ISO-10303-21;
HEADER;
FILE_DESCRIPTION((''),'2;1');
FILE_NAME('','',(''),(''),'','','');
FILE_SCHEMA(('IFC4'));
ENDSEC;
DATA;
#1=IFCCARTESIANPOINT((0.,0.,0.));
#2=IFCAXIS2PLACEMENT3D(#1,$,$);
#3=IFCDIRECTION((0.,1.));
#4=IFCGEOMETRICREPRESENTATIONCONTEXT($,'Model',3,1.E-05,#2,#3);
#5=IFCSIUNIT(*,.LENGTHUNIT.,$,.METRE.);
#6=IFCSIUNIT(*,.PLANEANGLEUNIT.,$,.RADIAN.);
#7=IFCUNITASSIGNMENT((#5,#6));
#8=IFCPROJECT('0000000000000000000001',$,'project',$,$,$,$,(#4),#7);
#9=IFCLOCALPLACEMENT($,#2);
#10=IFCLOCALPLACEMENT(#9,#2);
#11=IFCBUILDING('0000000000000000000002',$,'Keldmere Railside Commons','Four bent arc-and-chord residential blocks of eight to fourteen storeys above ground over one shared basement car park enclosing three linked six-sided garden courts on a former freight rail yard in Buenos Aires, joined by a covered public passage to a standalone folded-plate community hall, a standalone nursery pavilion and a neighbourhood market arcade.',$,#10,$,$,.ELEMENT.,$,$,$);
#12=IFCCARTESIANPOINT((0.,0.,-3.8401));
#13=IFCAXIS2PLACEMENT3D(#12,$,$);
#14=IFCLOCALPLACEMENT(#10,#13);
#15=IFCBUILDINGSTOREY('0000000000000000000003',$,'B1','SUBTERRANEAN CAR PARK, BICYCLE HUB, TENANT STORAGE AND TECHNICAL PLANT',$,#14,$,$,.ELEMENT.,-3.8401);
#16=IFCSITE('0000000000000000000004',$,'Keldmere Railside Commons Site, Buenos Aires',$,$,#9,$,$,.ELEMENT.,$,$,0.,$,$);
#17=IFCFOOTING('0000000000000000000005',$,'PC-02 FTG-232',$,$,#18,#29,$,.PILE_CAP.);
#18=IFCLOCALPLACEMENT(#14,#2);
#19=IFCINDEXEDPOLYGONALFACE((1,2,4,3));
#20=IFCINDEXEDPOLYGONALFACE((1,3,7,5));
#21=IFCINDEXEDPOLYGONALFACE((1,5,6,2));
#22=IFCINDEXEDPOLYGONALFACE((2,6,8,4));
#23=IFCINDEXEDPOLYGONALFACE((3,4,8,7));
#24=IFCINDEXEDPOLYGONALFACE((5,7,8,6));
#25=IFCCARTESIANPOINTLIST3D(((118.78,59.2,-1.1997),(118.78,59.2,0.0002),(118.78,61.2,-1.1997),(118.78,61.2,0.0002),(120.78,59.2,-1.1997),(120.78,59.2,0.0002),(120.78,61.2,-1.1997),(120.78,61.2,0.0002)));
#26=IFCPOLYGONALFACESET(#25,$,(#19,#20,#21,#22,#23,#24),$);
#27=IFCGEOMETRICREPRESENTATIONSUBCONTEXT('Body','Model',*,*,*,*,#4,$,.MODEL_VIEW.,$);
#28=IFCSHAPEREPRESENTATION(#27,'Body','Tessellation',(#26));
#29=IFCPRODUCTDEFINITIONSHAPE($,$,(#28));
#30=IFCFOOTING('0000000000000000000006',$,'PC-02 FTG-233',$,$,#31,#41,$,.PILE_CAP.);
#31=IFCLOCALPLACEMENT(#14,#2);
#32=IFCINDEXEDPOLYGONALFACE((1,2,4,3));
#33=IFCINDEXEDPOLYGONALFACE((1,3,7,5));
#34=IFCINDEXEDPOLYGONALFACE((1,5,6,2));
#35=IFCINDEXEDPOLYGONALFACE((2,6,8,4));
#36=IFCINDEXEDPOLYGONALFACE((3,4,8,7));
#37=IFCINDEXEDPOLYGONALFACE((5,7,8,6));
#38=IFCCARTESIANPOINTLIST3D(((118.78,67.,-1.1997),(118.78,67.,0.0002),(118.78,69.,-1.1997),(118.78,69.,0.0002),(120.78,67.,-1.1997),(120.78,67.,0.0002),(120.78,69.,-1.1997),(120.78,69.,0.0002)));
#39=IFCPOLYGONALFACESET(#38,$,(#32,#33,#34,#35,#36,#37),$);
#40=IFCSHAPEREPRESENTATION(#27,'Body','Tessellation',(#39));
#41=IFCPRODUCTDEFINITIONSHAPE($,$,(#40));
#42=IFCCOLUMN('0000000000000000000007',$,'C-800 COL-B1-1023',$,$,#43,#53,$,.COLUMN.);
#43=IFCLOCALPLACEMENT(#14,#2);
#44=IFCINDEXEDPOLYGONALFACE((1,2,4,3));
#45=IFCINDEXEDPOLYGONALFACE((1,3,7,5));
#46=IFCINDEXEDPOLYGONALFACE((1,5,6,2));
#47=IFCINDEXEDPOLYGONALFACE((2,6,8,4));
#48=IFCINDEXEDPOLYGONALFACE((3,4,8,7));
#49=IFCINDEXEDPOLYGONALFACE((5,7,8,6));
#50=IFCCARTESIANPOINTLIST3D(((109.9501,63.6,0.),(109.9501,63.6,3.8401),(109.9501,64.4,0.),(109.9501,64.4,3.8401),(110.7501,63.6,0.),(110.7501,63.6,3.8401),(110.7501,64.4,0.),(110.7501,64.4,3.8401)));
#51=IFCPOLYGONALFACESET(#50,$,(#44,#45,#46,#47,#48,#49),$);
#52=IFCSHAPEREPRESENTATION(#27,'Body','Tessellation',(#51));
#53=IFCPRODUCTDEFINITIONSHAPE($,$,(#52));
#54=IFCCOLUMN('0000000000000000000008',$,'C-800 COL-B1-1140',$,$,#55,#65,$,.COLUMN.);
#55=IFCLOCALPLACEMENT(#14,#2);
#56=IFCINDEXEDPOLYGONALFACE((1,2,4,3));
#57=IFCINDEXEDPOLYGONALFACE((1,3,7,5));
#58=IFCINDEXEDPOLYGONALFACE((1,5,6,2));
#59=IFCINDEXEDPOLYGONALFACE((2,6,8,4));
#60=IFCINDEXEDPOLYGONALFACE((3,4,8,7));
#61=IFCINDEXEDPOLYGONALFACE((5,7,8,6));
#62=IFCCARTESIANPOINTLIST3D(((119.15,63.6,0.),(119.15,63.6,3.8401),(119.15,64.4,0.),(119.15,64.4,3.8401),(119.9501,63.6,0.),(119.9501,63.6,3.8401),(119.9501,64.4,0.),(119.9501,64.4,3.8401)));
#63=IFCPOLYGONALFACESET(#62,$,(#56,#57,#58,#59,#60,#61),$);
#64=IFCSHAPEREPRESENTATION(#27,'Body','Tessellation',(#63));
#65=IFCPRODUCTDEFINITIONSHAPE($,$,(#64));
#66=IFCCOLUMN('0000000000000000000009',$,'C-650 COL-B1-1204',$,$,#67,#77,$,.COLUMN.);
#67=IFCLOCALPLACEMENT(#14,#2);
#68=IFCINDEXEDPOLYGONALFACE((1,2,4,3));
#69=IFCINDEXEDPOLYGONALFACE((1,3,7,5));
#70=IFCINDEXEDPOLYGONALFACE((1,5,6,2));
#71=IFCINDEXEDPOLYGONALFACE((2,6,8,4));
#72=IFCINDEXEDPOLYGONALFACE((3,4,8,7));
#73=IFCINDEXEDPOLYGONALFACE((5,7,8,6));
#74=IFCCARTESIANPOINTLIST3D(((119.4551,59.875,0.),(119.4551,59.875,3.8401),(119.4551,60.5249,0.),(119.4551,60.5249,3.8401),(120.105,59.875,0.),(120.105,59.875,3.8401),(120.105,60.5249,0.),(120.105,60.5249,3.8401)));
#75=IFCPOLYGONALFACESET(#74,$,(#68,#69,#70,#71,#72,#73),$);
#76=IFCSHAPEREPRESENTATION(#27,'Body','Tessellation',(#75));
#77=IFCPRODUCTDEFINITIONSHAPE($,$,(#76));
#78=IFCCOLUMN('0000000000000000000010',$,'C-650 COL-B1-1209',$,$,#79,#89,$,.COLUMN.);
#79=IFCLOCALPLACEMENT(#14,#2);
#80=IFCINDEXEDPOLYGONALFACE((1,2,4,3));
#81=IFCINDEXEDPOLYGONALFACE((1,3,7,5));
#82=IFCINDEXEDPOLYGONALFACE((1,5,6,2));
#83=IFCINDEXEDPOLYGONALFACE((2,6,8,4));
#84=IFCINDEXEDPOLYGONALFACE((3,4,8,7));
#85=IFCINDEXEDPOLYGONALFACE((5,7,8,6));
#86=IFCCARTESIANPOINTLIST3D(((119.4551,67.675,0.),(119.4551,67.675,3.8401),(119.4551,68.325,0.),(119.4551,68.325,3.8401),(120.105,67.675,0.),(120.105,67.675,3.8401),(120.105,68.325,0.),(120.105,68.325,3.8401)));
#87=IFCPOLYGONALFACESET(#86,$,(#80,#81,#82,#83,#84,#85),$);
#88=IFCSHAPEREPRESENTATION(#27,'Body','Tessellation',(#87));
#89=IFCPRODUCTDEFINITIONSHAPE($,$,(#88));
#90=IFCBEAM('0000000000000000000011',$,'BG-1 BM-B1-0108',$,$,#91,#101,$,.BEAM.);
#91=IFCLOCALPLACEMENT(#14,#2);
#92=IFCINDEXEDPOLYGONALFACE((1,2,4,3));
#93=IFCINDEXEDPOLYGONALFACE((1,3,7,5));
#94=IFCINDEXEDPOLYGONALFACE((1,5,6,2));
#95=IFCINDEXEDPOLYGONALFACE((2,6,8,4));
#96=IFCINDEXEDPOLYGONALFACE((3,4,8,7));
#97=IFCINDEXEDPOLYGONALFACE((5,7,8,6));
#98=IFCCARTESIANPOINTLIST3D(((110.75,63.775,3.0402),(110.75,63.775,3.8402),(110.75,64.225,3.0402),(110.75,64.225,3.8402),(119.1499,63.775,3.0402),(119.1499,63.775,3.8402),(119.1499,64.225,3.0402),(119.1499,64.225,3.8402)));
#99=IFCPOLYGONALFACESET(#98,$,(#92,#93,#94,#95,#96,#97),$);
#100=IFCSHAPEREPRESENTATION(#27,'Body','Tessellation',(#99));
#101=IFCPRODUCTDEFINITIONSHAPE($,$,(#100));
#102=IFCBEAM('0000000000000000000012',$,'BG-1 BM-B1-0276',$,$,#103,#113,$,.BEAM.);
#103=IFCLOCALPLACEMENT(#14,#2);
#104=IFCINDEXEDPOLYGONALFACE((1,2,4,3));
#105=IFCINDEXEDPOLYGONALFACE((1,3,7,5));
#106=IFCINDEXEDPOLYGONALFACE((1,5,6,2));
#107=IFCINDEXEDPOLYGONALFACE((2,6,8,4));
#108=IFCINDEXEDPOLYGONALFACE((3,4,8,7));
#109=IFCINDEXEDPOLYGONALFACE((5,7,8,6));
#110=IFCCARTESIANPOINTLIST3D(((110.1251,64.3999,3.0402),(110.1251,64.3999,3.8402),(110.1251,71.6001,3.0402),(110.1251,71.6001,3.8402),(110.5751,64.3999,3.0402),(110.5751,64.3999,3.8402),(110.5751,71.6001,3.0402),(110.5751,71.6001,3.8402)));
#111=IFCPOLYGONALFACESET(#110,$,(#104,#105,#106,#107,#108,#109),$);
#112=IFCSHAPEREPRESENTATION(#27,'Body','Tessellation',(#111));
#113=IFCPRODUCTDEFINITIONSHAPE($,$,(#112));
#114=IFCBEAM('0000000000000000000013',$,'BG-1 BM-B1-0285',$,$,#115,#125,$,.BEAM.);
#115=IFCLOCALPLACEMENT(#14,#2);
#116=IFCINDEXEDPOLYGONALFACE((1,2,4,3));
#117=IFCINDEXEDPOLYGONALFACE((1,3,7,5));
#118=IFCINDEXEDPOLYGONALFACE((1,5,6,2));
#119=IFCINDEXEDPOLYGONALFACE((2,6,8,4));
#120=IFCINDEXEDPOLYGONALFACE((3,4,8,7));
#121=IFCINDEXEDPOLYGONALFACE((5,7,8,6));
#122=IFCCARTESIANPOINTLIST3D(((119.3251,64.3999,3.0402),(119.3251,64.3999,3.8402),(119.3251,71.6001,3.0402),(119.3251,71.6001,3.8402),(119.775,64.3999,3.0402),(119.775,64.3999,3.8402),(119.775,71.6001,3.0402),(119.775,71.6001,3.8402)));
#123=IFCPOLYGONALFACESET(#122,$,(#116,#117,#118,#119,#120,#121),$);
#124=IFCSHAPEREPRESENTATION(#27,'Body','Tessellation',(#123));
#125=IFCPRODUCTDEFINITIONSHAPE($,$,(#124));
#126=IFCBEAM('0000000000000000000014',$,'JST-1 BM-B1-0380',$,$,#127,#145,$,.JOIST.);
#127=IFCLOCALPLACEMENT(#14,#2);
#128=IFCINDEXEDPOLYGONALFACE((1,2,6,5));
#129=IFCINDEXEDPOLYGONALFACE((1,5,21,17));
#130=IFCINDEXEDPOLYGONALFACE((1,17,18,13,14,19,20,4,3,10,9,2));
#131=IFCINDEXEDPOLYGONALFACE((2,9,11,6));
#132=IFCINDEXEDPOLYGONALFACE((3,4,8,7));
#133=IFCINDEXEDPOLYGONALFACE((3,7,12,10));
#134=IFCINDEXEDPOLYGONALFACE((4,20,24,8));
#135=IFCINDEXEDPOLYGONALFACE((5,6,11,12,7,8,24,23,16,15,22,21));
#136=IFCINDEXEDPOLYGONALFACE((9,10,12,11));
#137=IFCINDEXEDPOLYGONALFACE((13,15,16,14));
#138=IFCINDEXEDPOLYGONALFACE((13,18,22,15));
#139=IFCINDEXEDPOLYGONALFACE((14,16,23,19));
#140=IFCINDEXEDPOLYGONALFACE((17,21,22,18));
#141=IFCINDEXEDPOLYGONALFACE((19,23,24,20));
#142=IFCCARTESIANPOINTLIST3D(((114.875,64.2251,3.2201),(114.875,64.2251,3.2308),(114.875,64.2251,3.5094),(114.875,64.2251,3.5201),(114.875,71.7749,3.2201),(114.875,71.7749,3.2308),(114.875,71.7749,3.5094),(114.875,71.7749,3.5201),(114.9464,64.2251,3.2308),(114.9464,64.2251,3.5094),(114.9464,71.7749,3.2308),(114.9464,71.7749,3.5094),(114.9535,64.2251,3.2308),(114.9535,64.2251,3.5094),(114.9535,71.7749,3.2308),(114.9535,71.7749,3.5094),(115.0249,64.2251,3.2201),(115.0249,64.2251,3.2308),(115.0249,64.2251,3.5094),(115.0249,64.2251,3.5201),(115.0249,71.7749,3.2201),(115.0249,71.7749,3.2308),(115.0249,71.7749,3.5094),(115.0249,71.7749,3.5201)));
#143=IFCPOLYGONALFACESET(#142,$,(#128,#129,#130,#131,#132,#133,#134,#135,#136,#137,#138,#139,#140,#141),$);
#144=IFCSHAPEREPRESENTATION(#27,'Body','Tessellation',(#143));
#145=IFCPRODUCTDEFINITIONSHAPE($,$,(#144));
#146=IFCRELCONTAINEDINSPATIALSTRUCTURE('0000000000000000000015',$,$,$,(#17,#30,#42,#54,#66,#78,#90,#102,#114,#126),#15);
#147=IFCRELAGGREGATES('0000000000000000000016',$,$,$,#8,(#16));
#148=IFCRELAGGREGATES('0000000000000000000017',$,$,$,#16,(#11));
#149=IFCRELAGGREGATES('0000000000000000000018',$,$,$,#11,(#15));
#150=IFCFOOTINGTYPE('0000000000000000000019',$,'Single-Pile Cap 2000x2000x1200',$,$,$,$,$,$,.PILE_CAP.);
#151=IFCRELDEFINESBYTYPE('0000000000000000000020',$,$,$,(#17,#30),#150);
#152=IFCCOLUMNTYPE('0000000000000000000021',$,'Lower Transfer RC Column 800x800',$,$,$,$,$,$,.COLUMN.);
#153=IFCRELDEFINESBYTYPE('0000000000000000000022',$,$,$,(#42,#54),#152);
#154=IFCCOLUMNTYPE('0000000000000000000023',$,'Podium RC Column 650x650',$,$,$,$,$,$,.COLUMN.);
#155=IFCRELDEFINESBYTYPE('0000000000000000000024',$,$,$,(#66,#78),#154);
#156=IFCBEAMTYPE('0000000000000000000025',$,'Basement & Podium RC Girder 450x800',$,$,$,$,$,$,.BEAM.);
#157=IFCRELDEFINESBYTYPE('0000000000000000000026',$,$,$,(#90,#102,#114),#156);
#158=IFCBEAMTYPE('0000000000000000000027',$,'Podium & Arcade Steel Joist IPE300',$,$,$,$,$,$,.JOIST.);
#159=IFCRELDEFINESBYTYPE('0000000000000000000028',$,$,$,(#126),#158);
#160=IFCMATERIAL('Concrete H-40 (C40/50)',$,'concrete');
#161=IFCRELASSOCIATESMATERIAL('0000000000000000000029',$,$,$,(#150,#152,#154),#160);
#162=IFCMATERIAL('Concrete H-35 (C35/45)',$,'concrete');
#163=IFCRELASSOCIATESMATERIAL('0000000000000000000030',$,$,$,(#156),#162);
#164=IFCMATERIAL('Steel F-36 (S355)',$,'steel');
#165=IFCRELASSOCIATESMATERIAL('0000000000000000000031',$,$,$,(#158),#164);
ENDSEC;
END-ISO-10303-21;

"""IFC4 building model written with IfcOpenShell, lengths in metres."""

from ifc_helpers import new_model, si_unit, direction, frame, origin, origin_2d, place, context, subcontext, project, spatial, rectangle, i_section, extrude, material, material_profile, profile_set, type_object, element, save


model = new_model("IFC4")

# Units and contexts
model_context = context("Model", 3, precision=1e-05, world=origin(), true_north=direction((0.0, 1.0)))
body_context = subcontext(model_context, "Body", "Model", "MODEL_VIEW")
ifc_project = project(units=[si_unit("LENGTHUNIT", "METRE"), si_unit("PLANEANGLEUNIT", "RADIAN")], contexts=[model_context])

# Site, building, storey
site_placement = place(None, origin())
site = spatial("IfcSite", under=ifc_project, at=site_placement, Name="Keldmere Railside Commons Site, Buenos Aires", CompositionType="ELEMENT", RefElevation=0.0)
building_placement = place(site_placement, origin())
building = spatial("IfcBuilding", under=site, at=building_placement, Name="Keldmere Railside Commons", Description="Four bent arc-and-chord residential blocks of eight to fourteen storeys above ground over one shared basement car park enclosing three linked six-sided garden courts on a former freight rail yard in Buenos Aires, joined by a covered public passage to a standalone folded-plate community hall, a standalone nursery pavilion and a neighbourhood market arcade.", CompositionType="ELEMENT")
storey_placement = place(building_placement, frame((0.0, 0.0, -3.8401)))
storey = spatial("IfcBuildingStorey", under=building, at=storey_placement, Name="B1", Description="SUBTERRANEAN CAR PARK, BICYCLE HUB, TENANT STORAGE AND TECHNICAL PLANT", CompositionType="ELEMENT", Elevation=-3.8401)

# Footings
ifc_material_1 = material(Name="Concrete H-40 (C40/50)", Category="concrete")
footing_type_1 = type_object("IfcFootingType", Name="Single-Pile Cap 2000x2000x1200", PredefinedType="PILE_CAP", material=ifc_material_1)
for number, where, z_axis, x_axis, name in (
    (1, (119.78, 60.2, -1.1997), (0.0, 0.0, 1.0), (1.0, 0.0, 0.0), "PC-02 FTG-232"),
    (2, (119.78, 68.0, -1.1997), (0.0, 0.0, 1.0), (1.0, 0.0, 0.0), "PC-02 FTG-233"),
):
    element("IfcFooting", number, at=place(storey_placement, frame(where, z_axis=z_axis, x_axis=x_axis)), inside=storey, type_object=footing_type_1, Name=name, PredefinedType="PILE_CAP", context=body_context, shape_type="SweptSolid", body=[
        extrude(rectangle(XDim=2.0, YDim=2.0, at=origin_2d()), origin(), (0.0, 0.0, 1.0), 1.2),
    ])

# Columns
ifc_material_profile_1 = material_profile(ifc_material_1, rectangle(XDim=0.8, YDim=0.8, at=origin_2d()), Name="RC-800x800")
ifc_profile_set_1 = profile_set([ifc_material_profile_1], Name="Concrete H-40 (C40/50)")
column_type_1 = type_object("IfcColumnType", Name="Lower Transfer RC Column 800x800", PredefinedType="COLUMN", material=ifc_profile_set_1)
for number, where, z_axis, x_axis, name in (
    (3, (110.3501, 64.0, 0.0), (0.0, 0.0, 1.0), (1.0, 0.0, 0.0), "C-800 COL-B1-1023"),
    (4, (119.55, 64.0, 0.0), (0.0, 0.0, 1.0), (1.0, 0.0, 0.0), "C-800 COL-B1-1140"),
):
    element("IfcColumn", number, at=place(storey_placement, frame(where, z_axis=z_axis, x_axis=x_axis)), inside=storey, type_object=column_type_1, Name=name, PredefinedType="COLUMN", context=body_context, shape_type="SweptSolid", body=[
        extrude(rectangle(XDim=0.8, YDim=0.8, at=origin_2d()), origin(), (0.0, 0.0, 1.0), 3.8401),
    ])
ifc_material_profile_2 = material_profile(ifc_material_1, rectangle(XDim=0.6499, YDim=0.6499, at=origin_2d()), Name="RC-650x650")
ifc_profile_set_2 = profile_set([ifc_material_profile_2], Name="Concrete H-40 (C40/50)")
column_type_2 = type_object("IfcColumnType", Name="Podium RC Column 650x650", PredefinedType="COLUMN", material=ifc_profile_set_2)
for number, where, z_axis, x_axis, name in (
    (5, (119.78, 60.2, 0.0), (0.0, 0.0, 1.0), (1.0, 0.0, 0.0), "C-650 COL-B1-1204"),
    (6, (119.78, 68.0, 0.0), (0.0, 0.0, 1.0), (1.0, 0.0, 0.0), "C-650 COL-B1-1209"),
):
    element("IfcColumn", number, at=place(storey_placement, frame(where, z_axis=z_axis, x_axis=x_axis)), inside=storey, type_object=column_type_2, Name=name, PredefinedType="COLUMN", context=body_context, shape_type="SweptSolid", body=[
        extrude(rectangle(XDim=0.6499, YDim=0.6499, at=origin_2d()), origin(), (0.0, 0.0, 1.0), 3.8401),
    ])

# Beams
ifc_material_2 = material(Name="Concrete H-35 (C35/45)", Category="concrete")
ifc_material_profile_3 = material_profile(ifc_material_2, rectangle(XDim=0.45, YDim=0.8, at=origin_2d()), Name="RC-450x800")
ifc_profile_set_3 = profile_set([ifc_material_profile_3], Name="Concrete H-35 (C35/45)")
beam_type_1 = type_object("IfcBeamType", Name="Basement & Podium RC Girder 450x800", PredefinedType="BEAM", material=ifc_profile_set_3)
beam_1_placement = place(storey_placement, frame((110.75, 64.0, 3.4402), z_axis=(1.0, 0.0, 0.0), x_axis=(0.0, 1.0, 0.0)))
element("IfcBeam", 7, at=beam_1_placement, inside=storey, type_object=beam_type_1, Name="BG-1 BM-B1-0108", PredefinedType="BEAM", context=body_context, shape_type="SweptSolid", body=[
    extrude(rectangle(XDim=0.45, YDim=0.8, at=origin_2d()), origin(), (0.0, 0.0, 1.0), 8.3999),
])
for number, where, z_axis, x_axis, name in (
    (8, (110.3501, 64.3999, 3.4402), (0.0, 1.0, 0.0), (-1.0, 0.0, 0.0), "BG-1 BM-B1-0276"),
    (9, (119.55, 64.3999, 3.4402), (0.0, 1.0, 0.0), (-1.0, 0.0, 0.0), "BG-1 BM-B1-0285"),
):
    element("IfcBeam", number, at=place(storey_placement, frame(where, z_axis=z_axis, x_axis=x_axis)), inside=storey, type_object=beam_type_1, Name=name, PredefinedType="BEAM", context=body_context, shape_type="SweptSolid", body=[
        extrude(rectangle(XDim=0.45, YDim=0.8, at=origin_2d()), origin(), (0.0, 0.0, 1.0), 7.2002),
    ])
ifc_material_3 = material(Name="Steel F-36 (S355)", Category="steel")
ifc_material_profile_4 = material_profile(ifc_material_3, i_section(OverallWidth=0.1499, OverallDepth=0.3, WebThickness=0.0071, FlangeThickness=0.0107, at=origin_2d()), Name="IPE-300")
ifc_profile_set_4 = profile_set([ifc_material_profile_4], Name="Steel F-36 (S355)")
beam_type_2 = type_object("IfcBeamType", Name="Podium & Arcade Steel Joist IPE300", PredefinedType="JOIST", material=ifc_profile_set_4)
beam_2_placement = place(storey_placement, frame((114.95, 64.2251, 3.3701), z_axis=(0.0, 1.0, 0.0), x_axis=(-1.0, 0.0, 0.0)))
element("IfcBeam", 10, at=beam_2_placement, inside=storey, type_object=beam_type_2, Name="JST-1 BM-B1-0380", PredefinedType="JOIST", context=body_context, shape_type="SweptSolid", body=[
    extrude(i_section(OverallWidth=0.1499, OverallDepth=0.3, WebThickness=0.0071, FlangeThickness=0.0107, at=origin_2d()), origin(), (0.0, 0.0, 1.0), 7.5498),
])

save(model, "model.ifc")
